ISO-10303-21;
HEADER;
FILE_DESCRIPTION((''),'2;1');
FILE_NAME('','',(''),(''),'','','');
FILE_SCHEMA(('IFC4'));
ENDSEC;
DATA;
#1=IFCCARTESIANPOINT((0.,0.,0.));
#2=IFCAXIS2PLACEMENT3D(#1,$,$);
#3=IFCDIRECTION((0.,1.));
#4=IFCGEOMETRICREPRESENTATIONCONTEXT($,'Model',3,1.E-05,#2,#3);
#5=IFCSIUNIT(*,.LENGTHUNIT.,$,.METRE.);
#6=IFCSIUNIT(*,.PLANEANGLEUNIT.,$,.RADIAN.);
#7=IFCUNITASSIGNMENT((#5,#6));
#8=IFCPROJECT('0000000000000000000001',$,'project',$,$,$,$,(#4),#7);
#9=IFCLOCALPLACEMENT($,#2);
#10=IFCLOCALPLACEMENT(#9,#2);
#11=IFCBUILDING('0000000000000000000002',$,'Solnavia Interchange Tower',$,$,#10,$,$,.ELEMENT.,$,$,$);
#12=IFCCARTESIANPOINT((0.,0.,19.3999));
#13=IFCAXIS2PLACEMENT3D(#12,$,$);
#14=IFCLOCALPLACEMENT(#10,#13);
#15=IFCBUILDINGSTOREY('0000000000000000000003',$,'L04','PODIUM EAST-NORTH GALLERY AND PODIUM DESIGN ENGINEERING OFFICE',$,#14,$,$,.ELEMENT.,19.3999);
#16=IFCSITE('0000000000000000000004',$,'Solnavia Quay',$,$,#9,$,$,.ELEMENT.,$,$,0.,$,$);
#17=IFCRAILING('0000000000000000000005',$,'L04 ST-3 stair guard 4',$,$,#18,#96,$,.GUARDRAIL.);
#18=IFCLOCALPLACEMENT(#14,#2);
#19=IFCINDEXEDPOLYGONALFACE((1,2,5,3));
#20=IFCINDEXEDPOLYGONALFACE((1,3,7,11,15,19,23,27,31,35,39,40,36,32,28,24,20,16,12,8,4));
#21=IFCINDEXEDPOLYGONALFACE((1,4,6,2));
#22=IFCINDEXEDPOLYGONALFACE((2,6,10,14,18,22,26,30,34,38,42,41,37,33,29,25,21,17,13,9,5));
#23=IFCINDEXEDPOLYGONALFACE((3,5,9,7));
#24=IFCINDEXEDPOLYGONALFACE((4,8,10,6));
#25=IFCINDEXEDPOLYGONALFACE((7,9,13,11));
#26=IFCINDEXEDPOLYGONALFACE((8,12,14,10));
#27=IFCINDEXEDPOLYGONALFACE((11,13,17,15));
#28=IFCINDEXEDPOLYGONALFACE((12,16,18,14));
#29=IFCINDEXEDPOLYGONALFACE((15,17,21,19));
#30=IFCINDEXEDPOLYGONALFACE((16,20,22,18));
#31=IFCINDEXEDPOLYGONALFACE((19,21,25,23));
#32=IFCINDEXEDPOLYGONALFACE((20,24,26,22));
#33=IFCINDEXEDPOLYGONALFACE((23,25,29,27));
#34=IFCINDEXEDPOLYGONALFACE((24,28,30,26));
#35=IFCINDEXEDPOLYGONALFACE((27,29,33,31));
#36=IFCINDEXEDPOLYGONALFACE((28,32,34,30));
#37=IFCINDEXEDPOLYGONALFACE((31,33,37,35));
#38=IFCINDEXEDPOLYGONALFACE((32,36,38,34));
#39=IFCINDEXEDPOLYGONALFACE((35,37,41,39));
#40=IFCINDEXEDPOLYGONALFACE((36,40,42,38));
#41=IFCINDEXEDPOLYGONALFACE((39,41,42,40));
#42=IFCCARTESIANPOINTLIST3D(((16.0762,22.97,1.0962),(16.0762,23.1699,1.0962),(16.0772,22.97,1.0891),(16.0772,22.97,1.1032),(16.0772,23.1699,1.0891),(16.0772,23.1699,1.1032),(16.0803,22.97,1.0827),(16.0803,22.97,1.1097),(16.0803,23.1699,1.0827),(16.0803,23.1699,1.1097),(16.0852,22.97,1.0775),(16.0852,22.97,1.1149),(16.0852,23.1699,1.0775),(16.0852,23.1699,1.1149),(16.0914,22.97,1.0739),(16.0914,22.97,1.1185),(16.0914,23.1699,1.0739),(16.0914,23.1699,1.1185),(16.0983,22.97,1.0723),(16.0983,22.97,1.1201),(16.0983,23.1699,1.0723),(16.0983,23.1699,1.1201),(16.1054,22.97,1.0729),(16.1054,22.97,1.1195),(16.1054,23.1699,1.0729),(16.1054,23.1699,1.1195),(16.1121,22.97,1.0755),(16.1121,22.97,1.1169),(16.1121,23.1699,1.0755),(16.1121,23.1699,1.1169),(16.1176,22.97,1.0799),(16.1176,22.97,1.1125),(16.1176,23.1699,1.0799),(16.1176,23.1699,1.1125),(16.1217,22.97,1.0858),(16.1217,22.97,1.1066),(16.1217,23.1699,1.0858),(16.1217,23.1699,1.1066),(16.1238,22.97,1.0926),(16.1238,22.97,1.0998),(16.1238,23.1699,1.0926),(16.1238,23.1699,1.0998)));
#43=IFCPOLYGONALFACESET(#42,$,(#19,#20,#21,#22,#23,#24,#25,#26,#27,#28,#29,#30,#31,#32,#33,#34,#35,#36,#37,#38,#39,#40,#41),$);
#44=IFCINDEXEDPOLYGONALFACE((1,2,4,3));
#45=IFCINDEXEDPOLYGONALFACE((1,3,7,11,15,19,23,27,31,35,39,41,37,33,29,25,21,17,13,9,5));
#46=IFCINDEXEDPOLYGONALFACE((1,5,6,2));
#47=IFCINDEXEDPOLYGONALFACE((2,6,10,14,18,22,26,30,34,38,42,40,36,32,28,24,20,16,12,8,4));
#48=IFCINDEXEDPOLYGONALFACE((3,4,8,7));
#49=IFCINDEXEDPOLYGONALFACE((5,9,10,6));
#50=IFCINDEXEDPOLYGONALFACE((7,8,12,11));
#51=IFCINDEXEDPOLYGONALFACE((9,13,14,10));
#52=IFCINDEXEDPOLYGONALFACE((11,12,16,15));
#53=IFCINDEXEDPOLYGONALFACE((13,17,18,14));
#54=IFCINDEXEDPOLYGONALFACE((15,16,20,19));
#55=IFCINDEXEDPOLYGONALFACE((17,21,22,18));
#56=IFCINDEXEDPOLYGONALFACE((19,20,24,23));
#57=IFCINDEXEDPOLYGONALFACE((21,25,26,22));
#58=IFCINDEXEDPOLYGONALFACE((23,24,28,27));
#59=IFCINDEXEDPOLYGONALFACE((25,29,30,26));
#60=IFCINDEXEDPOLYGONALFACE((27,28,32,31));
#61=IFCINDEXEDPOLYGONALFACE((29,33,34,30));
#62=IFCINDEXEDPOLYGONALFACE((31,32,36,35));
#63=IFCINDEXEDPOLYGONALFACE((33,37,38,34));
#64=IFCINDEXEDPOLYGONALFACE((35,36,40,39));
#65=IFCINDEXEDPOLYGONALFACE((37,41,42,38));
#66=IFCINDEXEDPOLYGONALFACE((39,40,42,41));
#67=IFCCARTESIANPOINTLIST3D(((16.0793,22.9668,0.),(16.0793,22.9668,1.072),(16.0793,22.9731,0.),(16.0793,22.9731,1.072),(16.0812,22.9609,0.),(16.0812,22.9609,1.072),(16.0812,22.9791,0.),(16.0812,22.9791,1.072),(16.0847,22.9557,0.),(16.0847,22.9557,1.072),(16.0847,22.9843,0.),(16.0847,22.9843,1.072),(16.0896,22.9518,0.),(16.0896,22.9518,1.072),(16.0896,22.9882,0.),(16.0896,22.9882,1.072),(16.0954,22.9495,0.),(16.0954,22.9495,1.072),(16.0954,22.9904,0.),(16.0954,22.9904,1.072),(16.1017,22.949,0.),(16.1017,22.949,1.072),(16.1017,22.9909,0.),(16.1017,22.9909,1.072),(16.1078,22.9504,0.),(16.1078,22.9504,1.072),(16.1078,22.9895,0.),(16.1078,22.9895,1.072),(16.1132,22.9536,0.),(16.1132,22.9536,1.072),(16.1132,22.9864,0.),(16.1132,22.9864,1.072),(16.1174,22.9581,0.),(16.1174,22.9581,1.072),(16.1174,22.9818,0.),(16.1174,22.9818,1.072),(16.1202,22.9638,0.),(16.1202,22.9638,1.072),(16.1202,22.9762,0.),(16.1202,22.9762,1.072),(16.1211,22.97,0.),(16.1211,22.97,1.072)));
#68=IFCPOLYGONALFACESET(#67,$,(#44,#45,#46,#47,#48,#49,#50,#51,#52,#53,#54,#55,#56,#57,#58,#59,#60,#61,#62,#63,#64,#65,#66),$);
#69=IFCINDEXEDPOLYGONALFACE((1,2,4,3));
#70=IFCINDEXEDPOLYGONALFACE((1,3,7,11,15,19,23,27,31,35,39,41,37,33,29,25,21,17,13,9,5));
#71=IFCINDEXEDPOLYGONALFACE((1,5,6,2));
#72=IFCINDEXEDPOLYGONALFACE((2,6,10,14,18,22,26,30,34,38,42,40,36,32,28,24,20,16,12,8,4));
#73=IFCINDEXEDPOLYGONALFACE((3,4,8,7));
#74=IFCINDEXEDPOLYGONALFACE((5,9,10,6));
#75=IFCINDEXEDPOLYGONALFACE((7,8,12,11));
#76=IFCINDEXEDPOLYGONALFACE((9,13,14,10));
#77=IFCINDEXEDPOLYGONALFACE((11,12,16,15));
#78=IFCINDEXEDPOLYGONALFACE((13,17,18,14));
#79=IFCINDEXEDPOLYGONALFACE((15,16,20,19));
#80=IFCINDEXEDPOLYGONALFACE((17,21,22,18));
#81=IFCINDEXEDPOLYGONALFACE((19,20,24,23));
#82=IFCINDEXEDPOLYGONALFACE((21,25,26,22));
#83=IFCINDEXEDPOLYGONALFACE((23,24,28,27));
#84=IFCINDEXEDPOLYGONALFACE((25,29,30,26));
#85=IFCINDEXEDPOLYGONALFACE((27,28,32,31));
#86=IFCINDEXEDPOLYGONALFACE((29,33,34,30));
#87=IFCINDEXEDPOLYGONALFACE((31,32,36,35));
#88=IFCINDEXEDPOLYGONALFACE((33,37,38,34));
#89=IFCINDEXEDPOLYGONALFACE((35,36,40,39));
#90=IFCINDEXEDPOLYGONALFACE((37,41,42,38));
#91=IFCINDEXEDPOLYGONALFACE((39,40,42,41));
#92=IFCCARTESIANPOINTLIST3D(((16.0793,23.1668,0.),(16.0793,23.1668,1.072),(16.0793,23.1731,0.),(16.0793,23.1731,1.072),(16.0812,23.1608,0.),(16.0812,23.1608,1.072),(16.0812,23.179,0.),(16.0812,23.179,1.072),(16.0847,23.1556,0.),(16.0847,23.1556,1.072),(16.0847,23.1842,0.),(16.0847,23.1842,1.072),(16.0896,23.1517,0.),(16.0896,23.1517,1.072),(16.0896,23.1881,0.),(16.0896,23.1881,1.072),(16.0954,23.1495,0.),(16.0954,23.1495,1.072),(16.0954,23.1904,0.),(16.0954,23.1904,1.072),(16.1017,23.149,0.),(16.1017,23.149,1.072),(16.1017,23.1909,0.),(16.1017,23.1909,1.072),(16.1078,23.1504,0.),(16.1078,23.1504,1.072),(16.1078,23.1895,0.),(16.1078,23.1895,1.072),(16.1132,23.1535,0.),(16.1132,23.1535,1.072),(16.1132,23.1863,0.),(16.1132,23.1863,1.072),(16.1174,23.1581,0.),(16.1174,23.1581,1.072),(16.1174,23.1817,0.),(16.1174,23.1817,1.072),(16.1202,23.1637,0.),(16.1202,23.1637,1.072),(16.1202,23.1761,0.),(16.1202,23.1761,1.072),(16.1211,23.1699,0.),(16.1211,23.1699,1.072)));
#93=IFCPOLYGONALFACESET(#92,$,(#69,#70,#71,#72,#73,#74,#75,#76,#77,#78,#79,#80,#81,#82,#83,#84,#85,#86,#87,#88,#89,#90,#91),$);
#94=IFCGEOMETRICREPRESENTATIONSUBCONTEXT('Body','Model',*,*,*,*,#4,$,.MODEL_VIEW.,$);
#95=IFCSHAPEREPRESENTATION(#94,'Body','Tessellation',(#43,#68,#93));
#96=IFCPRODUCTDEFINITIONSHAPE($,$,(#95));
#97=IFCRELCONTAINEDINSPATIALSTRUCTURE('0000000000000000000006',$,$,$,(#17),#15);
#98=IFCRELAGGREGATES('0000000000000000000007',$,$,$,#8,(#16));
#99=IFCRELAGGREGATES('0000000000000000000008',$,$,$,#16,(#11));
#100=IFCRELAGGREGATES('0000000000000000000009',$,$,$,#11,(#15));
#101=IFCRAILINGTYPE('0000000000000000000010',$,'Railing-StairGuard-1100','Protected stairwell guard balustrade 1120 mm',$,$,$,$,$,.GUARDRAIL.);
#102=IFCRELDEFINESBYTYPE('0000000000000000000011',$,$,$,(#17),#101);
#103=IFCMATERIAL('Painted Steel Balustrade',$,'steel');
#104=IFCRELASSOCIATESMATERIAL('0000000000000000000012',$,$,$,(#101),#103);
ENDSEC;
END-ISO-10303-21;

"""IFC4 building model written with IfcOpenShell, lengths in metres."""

from ifc_helpers import new_model, si_unit, direction, frame, origin, origin_2d, place, context, subcontext, project, spatial, circle, extrude, material, type_object, element, save


model = new_model("IFC4")

# Units and contexts
model_context = context("Model", 3, precision=1e-05, world=origin(), true_north=direction((0.0, 1.0)))
body_context = subcontext(model_context, "Body", "Model", "MODEL_VIEW")
ifc_project = project(units=[si_unit("LENGTHUNIT", "METRE"), si_unit("PLANEANGLEUNIT", "RADIAN")], contexts=[model_context])

# Site, building, storey
site_placement = place(None, origin())
site = spatial("IfcSite", under=ifc_project, at=site_placement, Name="Solnavia Quay", CompositionType="ELEMENT", RefElevation=0.0)
building_placement = place(site_placement, origin())
building = spatial("IfcBuilding", under=site, at=building_placement, Name="Solnavia Interchange Tower", CompositionType="ELEMENT")
storey_placement = place(building_placement, frame((0.0, 0.0, 19.3999)))
storey = spatial("IfcBuildingStorey", under=building, at=storey_placement, Name="L04", Description="PODIUM EAST-NORTH GALLERY AND PODIUM DESIGN ENGINEERING OFFICE", CompositionType="ELEMENT", Elevation=19.3999)

# Railing
ifc_material_1 = material(Name="Painted Steel Balustrade", Category="steel")
railing_type_1 = type_object("IfcRailingType", Name="Railing-StairGuard-1100", Description="Protected stairwell guard balustrade 1120 mm", PredefinedType="GUARDRAIL", material=ifc_material_1)
railing_1_placement = place(storey_placement, frame((16.1001, 22.97, 0.0)))
element("IfcRailing", 1, at=railing_1_placement, inside=storey, type_object=railing_type_1, Name="L04 ST-3 stair guard 4", PredefinedType="GUARDRAIL", context=body_context, shape_type="SweptSolid", body=[
    extrude(circle(Radius=0.0239, at=origin_2d()), frame((0.0, 0.0, 1.0962), z_axis=(0.0, 1.0, 0.0), x_axis=(-1.0, 0.0, 0.0)), (0.0, 0.0, 1.0), 0.2),
    extrude(circle(Radius=0.021, at=origin_2d()), origin(), (0.0, 0.0, 1.0), 1.072),
    extrude(circle(Radius=0.021, at=origin_2d()), frame((0.0, 0.2, 0.0)), (0.0, 0.0, 1.0), 1.072),
])

save(model, "model.ifc")
